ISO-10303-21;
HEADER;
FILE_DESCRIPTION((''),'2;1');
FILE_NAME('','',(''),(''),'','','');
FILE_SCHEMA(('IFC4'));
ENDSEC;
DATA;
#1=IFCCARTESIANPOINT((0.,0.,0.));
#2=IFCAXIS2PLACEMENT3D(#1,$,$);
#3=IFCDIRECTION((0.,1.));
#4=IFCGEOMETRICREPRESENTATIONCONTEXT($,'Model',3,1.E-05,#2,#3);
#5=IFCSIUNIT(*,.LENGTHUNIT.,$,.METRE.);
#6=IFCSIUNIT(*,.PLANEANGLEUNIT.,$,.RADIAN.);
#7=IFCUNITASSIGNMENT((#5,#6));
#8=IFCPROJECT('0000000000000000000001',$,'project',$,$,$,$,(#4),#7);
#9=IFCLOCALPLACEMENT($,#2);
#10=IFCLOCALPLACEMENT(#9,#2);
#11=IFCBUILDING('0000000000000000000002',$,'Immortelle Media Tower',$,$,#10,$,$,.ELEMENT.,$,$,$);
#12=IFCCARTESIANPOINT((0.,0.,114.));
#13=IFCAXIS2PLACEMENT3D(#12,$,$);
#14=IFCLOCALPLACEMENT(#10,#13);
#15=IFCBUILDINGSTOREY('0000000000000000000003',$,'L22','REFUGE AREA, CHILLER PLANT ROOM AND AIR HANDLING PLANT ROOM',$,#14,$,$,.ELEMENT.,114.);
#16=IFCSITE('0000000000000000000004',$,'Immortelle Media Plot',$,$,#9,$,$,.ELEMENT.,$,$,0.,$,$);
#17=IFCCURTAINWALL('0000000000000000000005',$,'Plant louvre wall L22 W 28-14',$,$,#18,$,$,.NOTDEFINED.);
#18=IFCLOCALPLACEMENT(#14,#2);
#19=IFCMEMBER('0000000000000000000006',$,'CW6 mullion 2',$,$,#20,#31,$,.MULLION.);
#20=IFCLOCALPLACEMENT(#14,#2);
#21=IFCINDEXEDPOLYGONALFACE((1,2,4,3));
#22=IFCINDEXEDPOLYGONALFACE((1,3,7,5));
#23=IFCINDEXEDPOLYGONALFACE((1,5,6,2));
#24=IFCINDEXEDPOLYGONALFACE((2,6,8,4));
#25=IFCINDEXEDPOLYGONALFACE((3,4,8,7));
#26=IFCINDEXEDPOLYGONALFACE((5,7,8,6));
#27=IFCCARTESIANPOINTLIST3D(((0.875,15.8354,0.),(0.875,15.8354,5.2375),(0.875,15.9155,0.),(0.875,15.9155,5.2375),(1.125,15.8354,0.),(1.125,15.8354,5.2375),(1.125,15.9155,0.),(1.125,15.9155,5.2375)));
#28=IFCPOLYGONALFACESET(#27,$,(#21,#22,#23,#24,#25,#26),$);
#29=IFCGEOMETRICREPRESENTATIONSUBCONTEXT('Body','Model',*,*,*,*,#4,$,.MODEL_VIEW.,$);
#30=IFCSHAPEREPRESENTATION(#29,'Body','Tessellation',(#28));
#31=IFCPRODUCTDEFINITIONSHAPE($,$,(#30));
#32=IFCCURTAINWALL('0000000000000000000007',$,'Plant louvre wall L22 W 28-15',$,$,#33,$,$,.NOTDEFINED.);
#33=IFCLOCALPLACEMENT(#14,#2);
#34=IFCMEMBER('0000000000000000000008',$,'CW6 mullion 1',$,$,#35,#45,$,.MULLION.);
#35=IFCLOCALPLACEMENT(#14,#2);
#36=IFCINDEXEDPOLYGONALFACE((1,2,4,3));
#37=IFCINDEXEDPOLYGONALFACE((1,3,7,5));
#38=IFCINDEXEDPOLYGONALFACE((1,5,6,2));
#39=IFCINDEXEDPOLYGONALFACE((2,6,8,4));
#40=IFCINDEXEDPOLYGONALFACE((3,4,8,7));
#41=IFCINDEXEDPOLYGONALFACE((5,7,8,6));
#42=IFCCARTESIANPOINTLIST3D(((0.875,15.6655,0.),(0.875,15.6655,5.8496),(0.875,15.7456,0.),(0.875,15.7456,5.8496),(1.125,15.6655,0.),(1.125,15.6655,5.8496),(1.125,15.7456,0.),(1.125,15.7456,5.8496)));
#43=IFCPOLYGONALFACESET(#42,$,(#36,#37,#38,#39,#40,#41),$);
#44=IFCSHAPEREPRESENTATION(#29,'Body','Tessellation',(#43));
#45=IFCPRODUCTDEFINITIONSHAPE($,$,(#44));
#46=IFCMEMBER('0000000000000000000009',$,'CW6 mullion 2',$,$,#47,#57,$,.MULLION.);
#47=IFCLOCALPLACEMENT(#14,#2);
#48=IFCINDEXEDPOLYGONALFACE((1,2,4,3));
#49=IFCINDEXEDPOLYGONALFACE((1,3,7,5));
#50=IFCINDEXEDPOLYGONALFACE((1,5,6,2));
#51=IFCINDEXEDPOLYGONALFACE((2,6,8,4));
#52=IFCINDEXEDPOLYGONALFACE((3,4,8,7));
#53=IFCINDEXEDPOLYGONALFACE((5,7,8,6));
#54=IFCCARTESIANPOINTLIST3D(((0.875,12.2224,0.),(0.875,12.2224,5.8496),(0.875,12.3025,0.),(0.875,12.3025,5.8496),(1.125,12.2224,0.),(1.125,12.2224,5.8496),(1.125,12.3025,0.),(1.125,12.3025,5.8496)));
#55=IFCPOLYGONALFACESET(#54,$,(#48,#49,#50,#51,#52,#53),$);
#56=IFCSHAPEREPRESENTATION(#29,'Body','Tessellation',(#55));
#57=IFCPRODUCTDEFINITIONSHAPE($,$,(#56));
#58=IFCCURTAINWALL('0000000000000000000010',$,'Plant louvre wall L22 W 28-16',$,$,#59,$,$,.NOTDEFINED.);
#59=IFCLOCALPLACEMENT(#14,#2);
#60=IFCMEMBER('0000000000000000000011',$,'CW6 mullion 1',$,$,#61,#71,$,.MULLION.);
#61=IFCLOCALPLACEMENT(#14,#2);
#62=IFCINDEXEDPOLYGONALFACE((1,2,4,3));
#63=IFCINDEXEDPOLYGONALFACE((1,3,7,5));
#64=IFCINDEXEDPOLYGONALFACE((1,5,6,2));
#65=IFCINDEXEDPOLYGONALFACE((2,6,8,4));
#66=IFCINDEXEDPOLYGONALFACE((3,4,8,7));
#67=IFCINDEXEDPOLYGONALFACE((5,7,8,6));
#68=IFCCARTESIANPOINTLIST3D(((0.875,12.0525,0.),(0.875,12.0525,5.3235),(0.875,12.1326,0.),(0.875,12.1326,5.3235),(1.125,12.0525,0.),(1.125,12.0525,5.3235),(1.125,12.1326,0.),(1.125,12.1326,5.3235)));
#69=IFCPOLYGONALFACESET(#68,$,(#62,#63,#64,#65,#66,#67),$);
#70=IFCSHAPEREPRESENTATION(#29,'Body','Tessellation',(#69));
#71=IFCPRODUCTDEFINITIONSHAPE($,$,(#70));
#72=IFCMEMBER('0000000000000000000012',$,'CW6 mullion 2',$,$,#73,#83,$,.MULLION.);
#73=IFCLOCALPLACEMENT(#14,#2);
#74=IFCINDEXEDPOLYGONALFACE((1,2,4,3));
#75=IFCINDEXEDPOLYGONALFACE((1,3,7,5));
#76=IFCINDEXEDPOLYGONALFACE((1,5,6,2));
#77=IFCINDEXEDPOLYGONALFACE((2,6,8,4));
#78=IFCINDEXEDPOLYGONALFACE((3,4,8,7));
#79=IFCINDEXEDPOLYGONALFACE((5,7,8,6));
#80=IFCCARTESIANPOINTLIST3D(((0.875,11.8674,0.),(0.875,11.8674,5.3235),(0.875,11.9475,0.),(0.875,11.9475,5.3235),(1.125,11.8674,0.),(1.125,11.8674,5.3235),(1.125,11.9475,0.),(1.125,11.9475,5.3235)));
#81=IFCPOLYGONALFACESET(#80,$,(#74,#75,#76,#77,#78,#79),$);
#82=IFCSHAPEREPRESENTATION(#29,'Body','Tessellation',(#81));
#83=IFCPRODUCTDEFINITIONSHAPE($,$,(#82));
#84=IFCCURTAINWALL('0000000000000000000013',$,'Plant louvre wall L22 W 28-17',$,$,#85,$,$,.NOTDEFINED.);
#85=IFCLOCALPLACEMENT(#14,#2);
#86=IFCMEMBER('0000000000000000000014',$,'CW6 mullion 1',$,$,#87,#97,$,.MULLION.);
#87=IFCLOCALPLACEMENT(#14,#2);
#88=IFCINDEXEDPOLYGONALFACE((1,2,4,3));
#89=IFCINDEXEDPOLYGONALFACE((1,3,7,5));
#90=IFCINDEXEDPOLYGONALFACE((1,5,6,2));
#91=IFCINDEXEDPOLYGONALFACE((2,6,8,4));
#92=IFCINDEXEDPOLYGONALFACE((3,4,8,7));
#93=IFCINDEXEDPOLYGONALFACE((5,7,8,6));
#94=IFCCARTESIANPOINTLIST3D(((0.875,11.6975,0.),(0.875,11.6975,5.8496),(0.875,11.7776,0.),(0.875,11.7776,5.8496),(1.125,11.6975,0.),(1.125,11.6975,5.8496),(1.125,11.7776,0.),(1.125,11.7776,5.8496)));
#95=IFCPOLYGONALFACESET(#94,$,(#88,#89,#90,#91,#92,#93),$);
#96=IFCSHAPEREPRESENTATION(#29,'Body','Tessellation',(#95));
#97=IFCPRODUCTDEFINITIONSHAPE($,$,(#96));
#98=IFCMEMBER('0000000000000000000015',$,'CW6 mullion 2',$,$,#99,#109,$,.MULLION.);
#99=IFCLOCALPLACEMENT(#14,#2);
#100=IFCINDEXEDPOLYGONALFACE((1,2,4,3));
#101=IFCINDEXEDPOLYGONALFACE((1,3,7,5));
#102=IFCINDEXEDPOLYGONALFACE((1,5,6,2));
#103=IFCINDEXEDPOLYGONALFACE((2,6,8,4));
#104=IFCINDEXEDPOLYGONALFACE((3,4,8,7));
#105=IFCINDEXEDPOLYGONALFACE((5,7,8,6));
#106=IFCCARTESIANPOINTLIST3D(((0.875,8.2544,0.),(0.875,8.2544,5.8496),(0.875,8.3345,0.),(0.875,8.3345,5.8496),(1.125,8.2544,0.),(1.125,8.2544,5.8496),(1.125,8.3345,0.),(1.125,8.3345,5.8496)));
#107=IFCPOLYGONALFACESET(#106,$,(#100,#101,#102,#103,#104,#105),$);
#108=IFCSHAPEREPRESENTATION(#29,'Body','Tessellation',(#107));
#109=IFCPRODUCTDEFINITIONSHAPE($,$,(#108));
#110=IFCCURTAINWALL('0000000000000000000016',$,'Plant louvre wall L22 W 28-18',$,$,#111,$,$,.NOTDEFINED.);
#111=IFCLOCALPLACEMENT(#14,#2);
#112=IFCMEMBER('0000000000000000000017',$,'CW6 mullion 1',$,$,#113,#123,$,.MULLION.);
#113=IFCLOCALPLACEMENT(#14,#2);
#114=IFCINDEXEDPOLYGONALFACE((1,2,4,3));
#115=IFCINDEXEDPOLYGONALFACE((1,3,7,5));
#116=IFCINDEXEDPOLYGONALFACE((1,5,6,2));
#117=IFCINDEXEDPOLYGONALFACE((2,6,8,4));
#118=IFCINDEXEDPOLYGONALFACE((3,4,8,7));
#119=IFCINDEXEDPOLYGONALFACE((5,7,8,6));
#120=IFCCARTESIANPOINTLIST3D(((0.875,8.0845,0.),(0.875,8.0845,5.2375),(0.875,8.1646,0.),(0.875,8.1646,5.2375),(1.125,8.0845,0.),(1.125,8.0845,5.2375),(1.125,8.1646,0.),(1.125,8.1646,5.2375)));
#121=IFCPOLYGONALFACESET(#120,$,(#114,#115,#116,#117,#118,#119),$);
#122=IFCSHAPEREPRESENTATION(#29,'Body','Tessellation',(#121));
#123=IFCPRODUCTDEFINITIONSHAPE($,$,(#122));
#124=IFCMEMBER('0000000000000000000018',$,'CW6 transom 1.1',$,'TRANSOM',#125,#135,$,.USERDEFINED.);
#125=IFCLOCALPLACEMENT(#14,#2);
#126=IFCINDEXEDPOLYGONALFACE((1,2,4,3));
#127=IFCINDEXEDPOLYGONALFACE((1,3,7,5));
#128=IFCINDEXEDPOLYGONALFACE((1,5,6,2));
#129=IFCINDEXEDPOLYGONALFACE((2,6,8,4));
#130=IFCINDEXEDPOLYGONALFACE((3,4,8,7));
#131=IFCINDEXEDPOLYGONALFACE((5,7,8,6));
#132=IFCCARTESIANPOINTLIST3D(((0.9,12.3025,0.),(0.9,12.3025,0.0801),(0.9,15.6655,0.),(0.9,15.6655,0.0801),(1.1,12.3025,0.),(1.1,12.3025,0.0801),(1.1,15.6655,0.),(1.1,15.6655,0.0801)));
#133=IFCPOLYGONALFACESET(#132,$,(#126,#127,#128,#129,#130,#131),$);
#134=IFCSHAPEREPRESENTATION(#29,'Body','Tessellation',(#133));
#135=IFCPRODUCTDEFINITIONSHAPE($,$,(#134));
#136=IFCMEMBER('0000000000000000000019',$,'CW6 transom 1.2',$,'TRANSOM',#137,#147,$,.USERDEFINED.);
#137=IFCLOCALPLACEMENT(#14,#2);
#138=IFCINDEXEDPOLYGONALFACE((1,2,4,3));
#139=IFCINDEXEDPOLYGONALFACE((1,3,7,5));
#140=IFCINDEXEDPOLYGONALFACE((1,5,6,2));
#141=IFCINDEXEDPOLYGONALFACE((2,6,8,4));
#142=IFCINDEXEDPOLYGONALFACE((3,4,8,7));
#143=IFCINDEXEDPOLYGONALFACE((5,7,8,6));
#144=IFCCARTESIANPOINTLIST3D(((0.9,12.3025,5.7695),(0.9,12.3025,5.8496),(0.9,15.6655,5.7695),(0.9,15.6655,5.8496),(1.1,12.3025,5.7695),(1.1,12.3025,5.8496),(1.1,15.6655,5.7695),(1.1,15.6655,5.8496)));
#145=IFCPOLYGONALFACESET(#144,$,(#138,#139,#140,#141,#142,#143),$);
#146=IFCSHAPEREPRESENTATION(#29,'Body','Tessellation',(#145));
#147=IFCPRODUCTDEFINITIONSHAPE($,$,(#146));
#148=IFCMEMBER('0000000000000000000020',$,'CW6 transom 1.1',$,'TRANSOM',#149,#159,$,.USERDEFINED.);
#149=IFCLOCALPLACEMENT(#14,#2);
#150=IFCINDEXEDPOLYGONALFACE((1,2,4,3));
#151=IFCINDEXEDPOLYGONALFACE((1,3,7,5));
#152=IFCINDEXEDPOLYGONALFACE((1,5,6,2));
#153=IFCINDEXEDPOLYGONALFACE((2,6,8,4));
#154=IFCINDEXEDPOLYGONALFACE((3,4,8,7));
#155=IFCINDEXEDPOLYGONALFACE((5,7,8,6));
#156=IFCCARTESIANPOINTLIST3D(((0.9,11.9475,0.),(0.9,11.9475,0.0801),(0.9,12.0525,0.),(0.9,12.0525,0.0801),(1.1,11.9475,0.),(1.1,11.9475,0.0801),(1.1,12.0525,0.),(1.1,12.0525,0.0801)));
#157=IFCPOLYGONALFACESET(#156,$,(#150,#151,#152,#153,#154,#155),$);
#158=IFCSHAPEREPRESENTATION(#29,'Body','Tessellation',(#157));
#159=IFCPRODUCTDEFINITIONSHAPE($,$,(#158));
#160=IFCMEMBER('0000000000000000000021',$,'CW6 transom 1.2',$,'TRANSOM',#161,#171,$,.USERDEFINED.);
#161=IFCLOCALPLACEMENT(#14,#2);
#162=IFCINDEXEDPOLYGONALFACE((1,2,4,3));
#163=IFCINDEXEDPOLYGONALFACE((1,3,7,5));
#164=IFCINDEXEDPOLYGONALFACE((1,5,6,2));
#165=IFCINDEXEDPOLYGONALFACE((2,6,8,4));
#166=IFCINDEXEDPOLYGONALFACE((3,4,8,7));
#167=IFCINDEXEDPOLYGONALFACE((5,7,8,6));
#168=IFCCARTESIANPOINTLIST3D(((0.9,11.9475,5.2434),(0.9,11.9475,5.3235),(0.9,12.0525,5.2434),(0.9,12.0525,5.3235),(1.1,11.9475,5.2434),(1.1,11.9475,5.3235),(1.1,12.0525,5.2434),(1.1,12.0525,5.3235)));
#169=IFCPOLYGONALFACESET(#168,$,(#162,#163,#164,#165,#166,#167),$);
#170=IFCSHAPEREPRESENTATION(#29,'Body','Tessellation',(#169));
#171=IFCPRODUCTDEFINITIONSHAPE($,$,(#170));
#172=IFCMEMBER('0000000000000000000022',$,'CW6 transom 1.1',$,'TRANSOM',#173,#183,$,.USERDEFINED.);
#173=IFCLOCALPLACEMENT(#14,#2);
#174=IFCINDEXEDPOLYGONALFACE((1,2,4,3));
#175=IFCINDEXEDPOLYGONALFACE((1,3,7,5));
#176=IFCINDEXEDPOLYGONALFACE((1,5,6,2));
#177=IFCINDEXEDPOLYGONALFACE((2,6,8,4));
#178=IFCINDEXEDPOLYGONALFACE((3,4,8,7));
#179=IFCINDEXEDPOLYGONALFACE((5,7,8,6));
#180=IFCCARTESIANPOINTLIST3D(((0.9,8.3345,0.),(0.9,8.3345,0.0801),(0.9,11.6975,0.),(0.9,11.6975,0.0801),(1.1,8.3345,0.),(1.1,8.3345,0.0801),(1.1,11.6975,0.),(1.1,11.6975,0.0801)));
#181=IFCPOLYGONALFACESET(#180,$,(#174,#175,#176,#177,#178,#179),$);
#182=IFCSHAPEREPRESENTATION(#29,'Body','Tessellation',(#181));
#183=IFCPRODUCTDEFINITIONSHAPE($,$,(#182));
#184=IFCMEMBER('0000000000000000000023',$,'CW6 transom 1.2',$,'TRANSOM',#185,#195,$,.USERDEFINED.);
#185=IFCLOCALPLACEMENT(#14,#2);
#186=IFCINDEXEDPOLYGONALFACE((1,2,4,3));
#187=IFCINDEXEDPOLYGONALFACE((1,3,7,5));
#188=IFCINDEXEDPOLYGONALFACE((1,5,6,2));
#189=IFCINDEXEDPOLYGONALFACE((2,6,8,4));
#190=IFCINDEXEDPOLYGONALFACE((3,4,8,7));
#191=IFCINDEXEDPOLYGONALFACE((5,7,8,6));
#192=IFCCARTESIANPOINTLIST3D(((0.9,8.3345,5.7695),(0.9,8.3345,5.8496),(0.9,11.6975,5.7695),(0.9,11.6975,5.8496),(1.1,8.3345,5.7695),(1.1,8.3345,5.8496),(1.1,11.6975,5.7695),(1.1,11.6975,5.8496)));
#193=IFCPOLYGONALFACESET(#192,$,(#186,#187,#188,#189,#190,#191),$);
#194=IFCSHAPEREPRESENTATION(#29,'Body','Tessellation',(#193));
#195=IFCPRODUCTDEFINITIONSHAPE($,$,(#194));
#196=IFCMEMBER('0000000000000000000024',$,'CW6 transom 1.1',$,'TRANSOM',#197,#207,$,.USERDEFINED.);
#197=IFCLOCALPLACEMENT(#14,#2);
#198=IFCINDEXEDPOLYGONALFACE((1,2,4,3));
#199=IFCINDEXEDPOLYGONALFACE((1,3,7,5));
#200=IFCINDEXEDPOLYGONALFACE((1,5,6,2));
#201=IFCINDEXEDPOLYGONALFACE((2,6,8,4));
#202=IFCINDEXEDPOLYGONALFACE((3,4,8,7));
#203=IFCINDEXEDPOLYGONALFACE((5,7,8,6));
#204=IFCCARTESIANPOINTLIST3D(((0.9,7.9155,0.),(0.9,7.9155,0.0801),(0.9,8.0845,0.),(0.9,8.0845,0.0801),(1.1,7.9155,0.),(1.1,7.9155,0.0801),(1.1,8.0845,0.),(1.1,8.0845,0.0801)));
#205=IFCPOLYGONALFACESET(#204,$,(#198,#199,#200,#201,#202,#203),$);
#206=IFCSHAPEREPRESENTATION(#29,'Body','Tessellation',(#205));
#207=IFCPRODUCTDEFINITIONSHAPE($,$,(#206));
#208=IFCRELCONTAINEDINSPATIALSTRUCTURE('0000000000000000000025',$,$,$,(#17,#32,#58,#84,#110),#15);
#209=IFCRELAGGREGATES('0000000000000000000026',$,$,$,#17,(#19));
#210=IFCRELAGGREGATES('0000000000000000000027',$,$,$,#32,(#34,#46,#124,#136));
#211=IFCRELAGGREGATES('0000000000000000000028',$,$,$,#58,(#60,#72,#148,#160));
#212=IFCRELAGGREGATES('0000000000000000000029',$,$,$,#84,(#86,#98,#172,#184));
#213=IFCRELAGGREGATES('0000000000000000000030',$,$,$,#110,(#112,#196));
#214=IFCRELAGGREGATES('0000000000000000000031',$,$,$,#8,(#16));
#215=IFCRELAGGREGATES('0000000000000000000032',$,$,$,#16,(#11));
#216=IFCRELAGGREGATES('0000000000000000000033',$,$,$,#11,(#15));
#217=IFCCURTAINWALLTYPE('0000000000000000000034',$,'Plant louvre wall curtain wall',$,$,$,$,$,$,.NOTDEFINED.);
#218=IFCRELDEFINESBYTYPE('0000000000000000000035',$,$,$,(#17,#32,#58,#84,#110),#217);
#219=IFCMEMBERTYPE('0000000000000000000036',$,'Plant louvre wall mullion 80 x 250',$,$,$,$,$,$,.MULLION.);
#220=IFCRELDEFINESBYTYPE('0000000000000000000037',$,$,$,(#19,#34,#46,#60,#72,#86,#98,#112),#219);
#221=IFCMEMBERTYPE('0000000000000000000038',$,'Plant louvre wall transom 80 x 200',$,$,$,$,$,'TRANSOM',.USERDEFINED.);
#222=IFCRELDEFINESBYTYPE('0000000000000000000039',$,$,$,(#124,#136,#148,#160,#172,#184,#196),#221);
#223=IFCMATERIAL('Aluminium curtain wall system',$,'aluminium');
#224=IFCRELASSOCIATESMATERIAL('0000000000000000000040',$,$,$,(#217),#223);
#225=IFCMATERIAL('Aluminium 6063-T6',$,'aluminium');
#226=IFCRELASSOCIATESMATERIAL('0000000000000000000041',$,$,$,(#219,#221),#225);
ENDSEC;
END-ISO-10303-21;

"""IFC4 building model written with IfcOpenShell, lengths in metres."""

from ifc_helpers import new_model, si_unit, direction, frame, origin, origin_2d, place, context, subcontext, project, spatial, rectangle, extrude, material, material_profile, profile_set, type_object, element, aggregate, save


model = new_model("IFC4")

# Units and contexts
model_context = context("Model", 3, precision=1e-05, world=origin(), true_north=direction((0.0, 1.0)))
body_context = subcontext(model_context, "Body", "Model", "MODEL_VIEW")
ifc_project = project(units=[si_unit("LENGTHUNIT", "METRE"), si_unit("PLANEANGLEUNIT", "RADIAN")], contexts=[model_context])

# Site, building, storey
site_placement = place(None, origin())
site = spatial("IfcSite", under=ifc_project, at=site_placement, Name="Immortelle Media Plot", CompositionType="ELEMENT", RefElevation=0.0)
building_placement = place(site_placement, origin())
building = spatial("IfcBuilding", under=site, at=building_placement, Name="Immortelle Media Tower", CompositionType="ELEMENT")
storey_placement = place(building_placement, frame((0.0, 0.0, 114.0)))
storey = spatial("IfcBuildingStorey", under=building, at=storey_placement, Name="L22", Description="REFUGE AREA, CHILLER PLANT ROOM AND AIR HANDLING PLANT ROOM", CompositionType="ELEMENT", Elevation=114.0)

# Curtain wall, member
ifc_material_1 = material(Name="Aluminium curtain wall system", Category="aluminium")
curtain_wall_type = type_object("IfcCurtainWallType", Name="Plant louvre wall curtain wall", PredefinedType="NOTDEFINED", material=ifc_material_1)
curtain_wall_1_placement = place(storey_placement, origin())
curtain_wall_1 = element("IfcCurtainWall", 1, at=curtain_wall_1_placement, inside=storey, type_object=curtain_wall_type, Name="Plant louvre wall L22 W 28-14", PredefinedType="NOTDEFINED")
ifc_material_2 = material(Name="Aluminium 6063-T6", Category="aluminium")
ifc_material_profile_1 = material_profile(ifc_material_2, rectangle(XDim=0.25, YDim=0.0801, at=origin_2d()), Name="AL 80x250")
ifc_profile_set_1 = profile_set([ifc_material_profile_1], Name="Aluminium 6063-T6")
member_type_1 = type_object("IfcMemberType", Name="Plant louvre wall mullion 80 x 250", PredefinedType="MULLION", material=ifc_profile_set_1)
member_1_placement = place(storey_placement, frame((1.0, 15.8755, 0.0), z_axis=(0.0, 0.0, 1.0), x_axis=(1.0, 0.0, 0.0)))
member_1 = element("IfcMember", 2, at=member_1_placement, type_object=member_type_1, Name="CW6 mullion 2", PredefinedType="MULLION", context=body_context, shape_type="SweptSolid", body=[
    extrude(rectangle(XDim=0.25, YDim=0.0801, at=origin_2d()), origin(), (0.0, 0.0, 1.0), 5.2375),
])
aggregate(curtain_wall_1, [member_1])

# Curtain walls, members
curtain_wall_2_placement = place(storey_placement, origin())
curtain_wall_2 = element("IfcCurtainWall", 3, at=curtain_wall_2_placement, inside=storey, type_object=curtain_wall_type, Name="Plant louvre wall L22 W 28-15", PredefinedType="NOTDEFINED")
member_2_placement = place(storey_placement, frame((1.0, 15.7056, 0.0), z_axis=(0.0, 0.0, 1.0), x_axis=(1.0, 0.0, 0.0)))
member_2 = element("IfcMember", 4, at=member_2_placement, type_object=member_type_1, Name="CW6 mullion 1", PredefinedType="MULLION", context=body_context, shape_type="SweptSolid", body=[
    extrude(rectangle(XDim=0.25, YDim=0.0801, at=origin_2d()), origin(), (0.0, 0.0, 1.0), 5.8496),
])
member_3_placement = place(storey_placement, frame((1.0, 12.2625, 0.0), z_axis=(0.0, 0.0, 1.0), x_axis=(1.0, 0.0, 0.0)))
member_3 = element("IfcMember", 5, at=member_3_placement, type_object=member_type_1, Name="CW6 mullion 2", PredefinedType="MULLION", context=body_context, shape_type="SweptSolid", body=[
    extrude(rectangle(XDim=0.25, YDim=0.0801, at=origin_2d()), origin(), (0.0, 0.0, 1.0), 5.8496),
])
curtain_wall_3_placement = place(storey_placement, origin())
curtain_wall_3 = element("IfcCurtainWall", 6, at=curtain_wall_3_placement, inside=storey, type_object=curtain_wall_type, Name="Plant louvre wall L22 W 28-16", PredefinedType="NOTDEFINED")
member_4_placement = place(storey_placement, frame((1.0, 12.0925, 0.0), z_axis=(0.0, 0.0, 1.0), x_axis=(1.0, 0.0, 0.0)))
member_4 = element("IfcMember", 7, at=member_4_placement, type_object=member_type_1, Name="CW6 mullion 1", PredefinedType="MULLION", context=body_context, shape_type="SweptSolid", body=[
    extrude(rectangle(XDim=0.25, YDim=0.0801, at=origin_2d()), origin(), (0.0, 0.0, 1.0), 5.3235),
])
member_5_placement = place(storey_placement, frame((1.0, 11.9075, 0.0), z_axis=(0.0, 0.0, 1.0), x_axis=(1.0, 0.0, 0.0)))
member_5 = element("IfcMember", 8, at=member_5_placement, type_object=member_type_1, Name="CW6 mullion 2", PredefinedType="MULLION", context=body_context, shape_type="SweptSolid", body=[
    extrude(rectangle(XDim=0.25, YDim=0.0801, at=origin_2d()), origin(), (0.0, 0.0, 1.0), 5.3235),
])
curtain_wall_4_placement = place(storey_placement, origin())
curtain_wall_4 = element("IfcCurtainWall", 9, at=curtain_wall_4_placement, inside=storey, type_object=curtain_wall_type, Name="Plant louvre wall L22 W 28-17", PredefinedType="NOTDEFINED")
member_6_placement = place(storey_placement, frame((1.0, 11.7375, 0.0), z_axis=(0.0, 0.0, 1.0), x_axis=(1.0, 0.0, 0.0)))
member_6 = element("IfcMember", 10, at=member_6_placement, type_object=member_type_1, Name="CW6 mullion 1", PredefinedType="MULLION", context=body_context, shape_type="SweptSolid", body=[
    extrude(rectangle(XDim=0.25, YDim=0.0801, at=origin_2d()), origin(), (0.0, 0.0, 1.0), 5.8496),
])
member_7_placement = place(storey_placement, frame((1.0, 8.2944, 0.0), z_axis=(0.0, 0.0, 1.0), x_axis=(1.0, 0.0, 0.0)))
member_7 = element("IfcMember", 11, at=member_7_placement, type_object=member_type_1, Name="CW6 mullion 2", PredefinedType="MULLION", context=body_context, shape_type="SweptSolid", body=[
    extrude(rectangle(XDim=0.25, YDim=0.0801, at=origin_2d()), origin(), (0.0, 0.0, 1.0), 5.8496),
])

# Curtain wall, member
curtain_wall_5_placement = place(storey_placement, origin())
curtain_wall_5 = element("IfcCurtainWall", 12, at=curtain_wall_5_placement, inside=storey, type_object=curtain_wall_type, Name="Plant louvre wall L22 W 28-18", PredefinedType="NOTDEFINED")
member_8_placement = place(storey_placement, frame((1.0, 8.1245, 0.0), z_axis=(0.0, 0.0, 1.0), x_axis=(1.0, 0.0, 0.0)))
member_8 = element("IfcMember", 13, at=member_8_placement, type_object=member_type_1, Name="CW6 mullion 1", PredefinedType="MULLION", context=body_context, shape_type="SweptSolid", body=[
    extrude(rectangle(XDim=0.25, YDim=0.0801, at=origin_2d()), origin(), (0.0, 0.0, 1.0), 5.2375),
])

# Members
ifc_material_profile_2 = material_profile(ifc_material_2, rectangle(XDim=0.2, YDim=0.0801, at=origin_2d()), Name="AL 80x200")
ifc_profile_set_2 = profile_set([ifc_material_profile_2], Name="Aluminium 6063-T6")
member_type_2 = type_object("IfcMemberType", Name="Plant louvre wall transom 80 x 200", ElementType="TRANSOM", PredefinedType="USERDEFINED", material=ifc_profile_set_2)
member_9_placement = place(storey_placement, frame((1.0, 15.6655, 0.04), z_axis=(0.0, -1.0, 0.0), x_axis=(1.0, 0.0, 0.0)))
member_9 = element("IfcMember", 14, at=member_9_placement, type_object=member_type_2, Name="CW6 transom 1.1", ObjectType="TRANSOM", PredefinedType="USERDEFINED", context=body_context, shape_type="SweptSolid", body=[
    extrude(rectangle(XDim=0.2, YDim=0.0801, at=origin_2d()), origin(), (0.0, 0.0, 1.0), 3.363),
])
member_10_placement = place(storey_placement, frame((1.0, 15.6655, 5.8096), z_axis=(0.0, -1.0, 0.0), x_axis=(1.0, 0.0, 0.0)))
member_10 = element("IfcMember", 15, at=member_10_placement, type_object=member_type_2, Name="CW6 transom 1.2", ObjectType="TRANSOM", PredefinedType="USERDEFINED", context=body_context, shape_type="SweptSolid", body=[
    extrude(rectangle(XDim=0.2, YDim=0.0801, at=origin_2d()), origin(), (0.0, 0.0, 1.0), 3.363),
])
member_11_placement = place(storey_placement, frame((1.0, 12.0525, 0.04), z_axis=(0.0, -1.0, 0.0), x_axis=(1.0, 0.0, 0.0)))
member_11 = element("IfcMember", 16, at=member_11_placement, type_object=member_type_2, Name="CW6 transom 1.1", ObjectType="TRANSOM", PredefinedType="USERDEFINED", context=body_context, shape_type="SweptSolid", body=[
    extrude(rectangle(XDim=0.2, YDim=0.0801, at=origin_2d()), origin(), (0.0, 0.0, 1.0), 0.105),
])
member_12_placement = place(storey_placement, frame((1.0, 12.0525, 5.2834), z_axis=(0.0, -1.0, 0.0), x_axis=(1.0, 0.0, 0.0)))
member_12 = element("IfcMember", 17, at=member_12_placement, type_object=member_type_2, Name="CW6 transom 1.2", ObjectType="TRANSOM", PredefinedType="USERDEFINED", context=body_context, shape_type="SweptSolid", body=[
    extrude(rectangle(XDim=0.2, YDim=0.0801, at=origin_2d()), origin(), (0.0, 0.0, 1.0), 0.105),
])
member_13_placement = place(storey_placement, frame((1.0, 11.6975, 0.04), z_axis=(0.0, -1.0, 0.0), x_axis=(1.0, 0.0, 0.0)))
member_13 = element("IfcMember", 18, at=member_13_placement, type_object=member_type_2, Name="CW6 transom 1.1", ObjectType="TRANSOM", PredefinedType="USERDEFINED", context=body_context, shape_type="SweptSolid", body=[
    extrude(rectangle(XDim=0.2, YDim=0.0801, at=origin_2d()), origin(), (0.0, 0.0, 1.0), 3.363),
])
member_14_placement = place(storey_placement, frame((1.0, 11.6975, 5.8096), z_axis=(0.0, -1.0, 0.0), x_axis=(1.0, 0.0, 0.0)))
member_14 = element("IfcMember", 19, at=member_14_placement, type_object=member_type_2, Name="CW6 transom 1.2", ObjectType="TRANSOM", PredefinedType="USERDEFINED", context=body_context, shape_type="SweptSolid", body=[
    extrude(rectangle(XDim=0.2, YDim=0.0801, at=origin_2d()), origin(), (0.0, 0.0, 1.0), 3.363),
])
member_15_placement = place(storey_placement, frame((1.0, 8.0845, 0.04), z_axis=(0.0, -1.0, 0.0), x_axis=(1.0, 0.0, 0.0)))
member_15 = element("IfcMember", 20, at=member_15_placement, type_object=member_type_2, Name="CW6 transom 1.1", ObjectType="TRANSOM", PredefinedType="USERDEFINED", context=body_context, shape_type="SweptSolid", body=[
    extrude(rectangle(XDim=0.2, YDim=0.0801, at=origin_2d()), origin(), (0.0, 0.0, 1.0), 0.1689),
])

aggregate(curtain_wall_2, [member_2, member_3, member_9, member_10])
aggregate(curtain_wall_3, [member_4, member_5, member_11, member_12])
aggregate(curtain_wall_4, [member_6, member_7, member_13, member_14])
aggregate(curtain_wall_5, [member_8, member_15])

save(model, "model.ifc")
